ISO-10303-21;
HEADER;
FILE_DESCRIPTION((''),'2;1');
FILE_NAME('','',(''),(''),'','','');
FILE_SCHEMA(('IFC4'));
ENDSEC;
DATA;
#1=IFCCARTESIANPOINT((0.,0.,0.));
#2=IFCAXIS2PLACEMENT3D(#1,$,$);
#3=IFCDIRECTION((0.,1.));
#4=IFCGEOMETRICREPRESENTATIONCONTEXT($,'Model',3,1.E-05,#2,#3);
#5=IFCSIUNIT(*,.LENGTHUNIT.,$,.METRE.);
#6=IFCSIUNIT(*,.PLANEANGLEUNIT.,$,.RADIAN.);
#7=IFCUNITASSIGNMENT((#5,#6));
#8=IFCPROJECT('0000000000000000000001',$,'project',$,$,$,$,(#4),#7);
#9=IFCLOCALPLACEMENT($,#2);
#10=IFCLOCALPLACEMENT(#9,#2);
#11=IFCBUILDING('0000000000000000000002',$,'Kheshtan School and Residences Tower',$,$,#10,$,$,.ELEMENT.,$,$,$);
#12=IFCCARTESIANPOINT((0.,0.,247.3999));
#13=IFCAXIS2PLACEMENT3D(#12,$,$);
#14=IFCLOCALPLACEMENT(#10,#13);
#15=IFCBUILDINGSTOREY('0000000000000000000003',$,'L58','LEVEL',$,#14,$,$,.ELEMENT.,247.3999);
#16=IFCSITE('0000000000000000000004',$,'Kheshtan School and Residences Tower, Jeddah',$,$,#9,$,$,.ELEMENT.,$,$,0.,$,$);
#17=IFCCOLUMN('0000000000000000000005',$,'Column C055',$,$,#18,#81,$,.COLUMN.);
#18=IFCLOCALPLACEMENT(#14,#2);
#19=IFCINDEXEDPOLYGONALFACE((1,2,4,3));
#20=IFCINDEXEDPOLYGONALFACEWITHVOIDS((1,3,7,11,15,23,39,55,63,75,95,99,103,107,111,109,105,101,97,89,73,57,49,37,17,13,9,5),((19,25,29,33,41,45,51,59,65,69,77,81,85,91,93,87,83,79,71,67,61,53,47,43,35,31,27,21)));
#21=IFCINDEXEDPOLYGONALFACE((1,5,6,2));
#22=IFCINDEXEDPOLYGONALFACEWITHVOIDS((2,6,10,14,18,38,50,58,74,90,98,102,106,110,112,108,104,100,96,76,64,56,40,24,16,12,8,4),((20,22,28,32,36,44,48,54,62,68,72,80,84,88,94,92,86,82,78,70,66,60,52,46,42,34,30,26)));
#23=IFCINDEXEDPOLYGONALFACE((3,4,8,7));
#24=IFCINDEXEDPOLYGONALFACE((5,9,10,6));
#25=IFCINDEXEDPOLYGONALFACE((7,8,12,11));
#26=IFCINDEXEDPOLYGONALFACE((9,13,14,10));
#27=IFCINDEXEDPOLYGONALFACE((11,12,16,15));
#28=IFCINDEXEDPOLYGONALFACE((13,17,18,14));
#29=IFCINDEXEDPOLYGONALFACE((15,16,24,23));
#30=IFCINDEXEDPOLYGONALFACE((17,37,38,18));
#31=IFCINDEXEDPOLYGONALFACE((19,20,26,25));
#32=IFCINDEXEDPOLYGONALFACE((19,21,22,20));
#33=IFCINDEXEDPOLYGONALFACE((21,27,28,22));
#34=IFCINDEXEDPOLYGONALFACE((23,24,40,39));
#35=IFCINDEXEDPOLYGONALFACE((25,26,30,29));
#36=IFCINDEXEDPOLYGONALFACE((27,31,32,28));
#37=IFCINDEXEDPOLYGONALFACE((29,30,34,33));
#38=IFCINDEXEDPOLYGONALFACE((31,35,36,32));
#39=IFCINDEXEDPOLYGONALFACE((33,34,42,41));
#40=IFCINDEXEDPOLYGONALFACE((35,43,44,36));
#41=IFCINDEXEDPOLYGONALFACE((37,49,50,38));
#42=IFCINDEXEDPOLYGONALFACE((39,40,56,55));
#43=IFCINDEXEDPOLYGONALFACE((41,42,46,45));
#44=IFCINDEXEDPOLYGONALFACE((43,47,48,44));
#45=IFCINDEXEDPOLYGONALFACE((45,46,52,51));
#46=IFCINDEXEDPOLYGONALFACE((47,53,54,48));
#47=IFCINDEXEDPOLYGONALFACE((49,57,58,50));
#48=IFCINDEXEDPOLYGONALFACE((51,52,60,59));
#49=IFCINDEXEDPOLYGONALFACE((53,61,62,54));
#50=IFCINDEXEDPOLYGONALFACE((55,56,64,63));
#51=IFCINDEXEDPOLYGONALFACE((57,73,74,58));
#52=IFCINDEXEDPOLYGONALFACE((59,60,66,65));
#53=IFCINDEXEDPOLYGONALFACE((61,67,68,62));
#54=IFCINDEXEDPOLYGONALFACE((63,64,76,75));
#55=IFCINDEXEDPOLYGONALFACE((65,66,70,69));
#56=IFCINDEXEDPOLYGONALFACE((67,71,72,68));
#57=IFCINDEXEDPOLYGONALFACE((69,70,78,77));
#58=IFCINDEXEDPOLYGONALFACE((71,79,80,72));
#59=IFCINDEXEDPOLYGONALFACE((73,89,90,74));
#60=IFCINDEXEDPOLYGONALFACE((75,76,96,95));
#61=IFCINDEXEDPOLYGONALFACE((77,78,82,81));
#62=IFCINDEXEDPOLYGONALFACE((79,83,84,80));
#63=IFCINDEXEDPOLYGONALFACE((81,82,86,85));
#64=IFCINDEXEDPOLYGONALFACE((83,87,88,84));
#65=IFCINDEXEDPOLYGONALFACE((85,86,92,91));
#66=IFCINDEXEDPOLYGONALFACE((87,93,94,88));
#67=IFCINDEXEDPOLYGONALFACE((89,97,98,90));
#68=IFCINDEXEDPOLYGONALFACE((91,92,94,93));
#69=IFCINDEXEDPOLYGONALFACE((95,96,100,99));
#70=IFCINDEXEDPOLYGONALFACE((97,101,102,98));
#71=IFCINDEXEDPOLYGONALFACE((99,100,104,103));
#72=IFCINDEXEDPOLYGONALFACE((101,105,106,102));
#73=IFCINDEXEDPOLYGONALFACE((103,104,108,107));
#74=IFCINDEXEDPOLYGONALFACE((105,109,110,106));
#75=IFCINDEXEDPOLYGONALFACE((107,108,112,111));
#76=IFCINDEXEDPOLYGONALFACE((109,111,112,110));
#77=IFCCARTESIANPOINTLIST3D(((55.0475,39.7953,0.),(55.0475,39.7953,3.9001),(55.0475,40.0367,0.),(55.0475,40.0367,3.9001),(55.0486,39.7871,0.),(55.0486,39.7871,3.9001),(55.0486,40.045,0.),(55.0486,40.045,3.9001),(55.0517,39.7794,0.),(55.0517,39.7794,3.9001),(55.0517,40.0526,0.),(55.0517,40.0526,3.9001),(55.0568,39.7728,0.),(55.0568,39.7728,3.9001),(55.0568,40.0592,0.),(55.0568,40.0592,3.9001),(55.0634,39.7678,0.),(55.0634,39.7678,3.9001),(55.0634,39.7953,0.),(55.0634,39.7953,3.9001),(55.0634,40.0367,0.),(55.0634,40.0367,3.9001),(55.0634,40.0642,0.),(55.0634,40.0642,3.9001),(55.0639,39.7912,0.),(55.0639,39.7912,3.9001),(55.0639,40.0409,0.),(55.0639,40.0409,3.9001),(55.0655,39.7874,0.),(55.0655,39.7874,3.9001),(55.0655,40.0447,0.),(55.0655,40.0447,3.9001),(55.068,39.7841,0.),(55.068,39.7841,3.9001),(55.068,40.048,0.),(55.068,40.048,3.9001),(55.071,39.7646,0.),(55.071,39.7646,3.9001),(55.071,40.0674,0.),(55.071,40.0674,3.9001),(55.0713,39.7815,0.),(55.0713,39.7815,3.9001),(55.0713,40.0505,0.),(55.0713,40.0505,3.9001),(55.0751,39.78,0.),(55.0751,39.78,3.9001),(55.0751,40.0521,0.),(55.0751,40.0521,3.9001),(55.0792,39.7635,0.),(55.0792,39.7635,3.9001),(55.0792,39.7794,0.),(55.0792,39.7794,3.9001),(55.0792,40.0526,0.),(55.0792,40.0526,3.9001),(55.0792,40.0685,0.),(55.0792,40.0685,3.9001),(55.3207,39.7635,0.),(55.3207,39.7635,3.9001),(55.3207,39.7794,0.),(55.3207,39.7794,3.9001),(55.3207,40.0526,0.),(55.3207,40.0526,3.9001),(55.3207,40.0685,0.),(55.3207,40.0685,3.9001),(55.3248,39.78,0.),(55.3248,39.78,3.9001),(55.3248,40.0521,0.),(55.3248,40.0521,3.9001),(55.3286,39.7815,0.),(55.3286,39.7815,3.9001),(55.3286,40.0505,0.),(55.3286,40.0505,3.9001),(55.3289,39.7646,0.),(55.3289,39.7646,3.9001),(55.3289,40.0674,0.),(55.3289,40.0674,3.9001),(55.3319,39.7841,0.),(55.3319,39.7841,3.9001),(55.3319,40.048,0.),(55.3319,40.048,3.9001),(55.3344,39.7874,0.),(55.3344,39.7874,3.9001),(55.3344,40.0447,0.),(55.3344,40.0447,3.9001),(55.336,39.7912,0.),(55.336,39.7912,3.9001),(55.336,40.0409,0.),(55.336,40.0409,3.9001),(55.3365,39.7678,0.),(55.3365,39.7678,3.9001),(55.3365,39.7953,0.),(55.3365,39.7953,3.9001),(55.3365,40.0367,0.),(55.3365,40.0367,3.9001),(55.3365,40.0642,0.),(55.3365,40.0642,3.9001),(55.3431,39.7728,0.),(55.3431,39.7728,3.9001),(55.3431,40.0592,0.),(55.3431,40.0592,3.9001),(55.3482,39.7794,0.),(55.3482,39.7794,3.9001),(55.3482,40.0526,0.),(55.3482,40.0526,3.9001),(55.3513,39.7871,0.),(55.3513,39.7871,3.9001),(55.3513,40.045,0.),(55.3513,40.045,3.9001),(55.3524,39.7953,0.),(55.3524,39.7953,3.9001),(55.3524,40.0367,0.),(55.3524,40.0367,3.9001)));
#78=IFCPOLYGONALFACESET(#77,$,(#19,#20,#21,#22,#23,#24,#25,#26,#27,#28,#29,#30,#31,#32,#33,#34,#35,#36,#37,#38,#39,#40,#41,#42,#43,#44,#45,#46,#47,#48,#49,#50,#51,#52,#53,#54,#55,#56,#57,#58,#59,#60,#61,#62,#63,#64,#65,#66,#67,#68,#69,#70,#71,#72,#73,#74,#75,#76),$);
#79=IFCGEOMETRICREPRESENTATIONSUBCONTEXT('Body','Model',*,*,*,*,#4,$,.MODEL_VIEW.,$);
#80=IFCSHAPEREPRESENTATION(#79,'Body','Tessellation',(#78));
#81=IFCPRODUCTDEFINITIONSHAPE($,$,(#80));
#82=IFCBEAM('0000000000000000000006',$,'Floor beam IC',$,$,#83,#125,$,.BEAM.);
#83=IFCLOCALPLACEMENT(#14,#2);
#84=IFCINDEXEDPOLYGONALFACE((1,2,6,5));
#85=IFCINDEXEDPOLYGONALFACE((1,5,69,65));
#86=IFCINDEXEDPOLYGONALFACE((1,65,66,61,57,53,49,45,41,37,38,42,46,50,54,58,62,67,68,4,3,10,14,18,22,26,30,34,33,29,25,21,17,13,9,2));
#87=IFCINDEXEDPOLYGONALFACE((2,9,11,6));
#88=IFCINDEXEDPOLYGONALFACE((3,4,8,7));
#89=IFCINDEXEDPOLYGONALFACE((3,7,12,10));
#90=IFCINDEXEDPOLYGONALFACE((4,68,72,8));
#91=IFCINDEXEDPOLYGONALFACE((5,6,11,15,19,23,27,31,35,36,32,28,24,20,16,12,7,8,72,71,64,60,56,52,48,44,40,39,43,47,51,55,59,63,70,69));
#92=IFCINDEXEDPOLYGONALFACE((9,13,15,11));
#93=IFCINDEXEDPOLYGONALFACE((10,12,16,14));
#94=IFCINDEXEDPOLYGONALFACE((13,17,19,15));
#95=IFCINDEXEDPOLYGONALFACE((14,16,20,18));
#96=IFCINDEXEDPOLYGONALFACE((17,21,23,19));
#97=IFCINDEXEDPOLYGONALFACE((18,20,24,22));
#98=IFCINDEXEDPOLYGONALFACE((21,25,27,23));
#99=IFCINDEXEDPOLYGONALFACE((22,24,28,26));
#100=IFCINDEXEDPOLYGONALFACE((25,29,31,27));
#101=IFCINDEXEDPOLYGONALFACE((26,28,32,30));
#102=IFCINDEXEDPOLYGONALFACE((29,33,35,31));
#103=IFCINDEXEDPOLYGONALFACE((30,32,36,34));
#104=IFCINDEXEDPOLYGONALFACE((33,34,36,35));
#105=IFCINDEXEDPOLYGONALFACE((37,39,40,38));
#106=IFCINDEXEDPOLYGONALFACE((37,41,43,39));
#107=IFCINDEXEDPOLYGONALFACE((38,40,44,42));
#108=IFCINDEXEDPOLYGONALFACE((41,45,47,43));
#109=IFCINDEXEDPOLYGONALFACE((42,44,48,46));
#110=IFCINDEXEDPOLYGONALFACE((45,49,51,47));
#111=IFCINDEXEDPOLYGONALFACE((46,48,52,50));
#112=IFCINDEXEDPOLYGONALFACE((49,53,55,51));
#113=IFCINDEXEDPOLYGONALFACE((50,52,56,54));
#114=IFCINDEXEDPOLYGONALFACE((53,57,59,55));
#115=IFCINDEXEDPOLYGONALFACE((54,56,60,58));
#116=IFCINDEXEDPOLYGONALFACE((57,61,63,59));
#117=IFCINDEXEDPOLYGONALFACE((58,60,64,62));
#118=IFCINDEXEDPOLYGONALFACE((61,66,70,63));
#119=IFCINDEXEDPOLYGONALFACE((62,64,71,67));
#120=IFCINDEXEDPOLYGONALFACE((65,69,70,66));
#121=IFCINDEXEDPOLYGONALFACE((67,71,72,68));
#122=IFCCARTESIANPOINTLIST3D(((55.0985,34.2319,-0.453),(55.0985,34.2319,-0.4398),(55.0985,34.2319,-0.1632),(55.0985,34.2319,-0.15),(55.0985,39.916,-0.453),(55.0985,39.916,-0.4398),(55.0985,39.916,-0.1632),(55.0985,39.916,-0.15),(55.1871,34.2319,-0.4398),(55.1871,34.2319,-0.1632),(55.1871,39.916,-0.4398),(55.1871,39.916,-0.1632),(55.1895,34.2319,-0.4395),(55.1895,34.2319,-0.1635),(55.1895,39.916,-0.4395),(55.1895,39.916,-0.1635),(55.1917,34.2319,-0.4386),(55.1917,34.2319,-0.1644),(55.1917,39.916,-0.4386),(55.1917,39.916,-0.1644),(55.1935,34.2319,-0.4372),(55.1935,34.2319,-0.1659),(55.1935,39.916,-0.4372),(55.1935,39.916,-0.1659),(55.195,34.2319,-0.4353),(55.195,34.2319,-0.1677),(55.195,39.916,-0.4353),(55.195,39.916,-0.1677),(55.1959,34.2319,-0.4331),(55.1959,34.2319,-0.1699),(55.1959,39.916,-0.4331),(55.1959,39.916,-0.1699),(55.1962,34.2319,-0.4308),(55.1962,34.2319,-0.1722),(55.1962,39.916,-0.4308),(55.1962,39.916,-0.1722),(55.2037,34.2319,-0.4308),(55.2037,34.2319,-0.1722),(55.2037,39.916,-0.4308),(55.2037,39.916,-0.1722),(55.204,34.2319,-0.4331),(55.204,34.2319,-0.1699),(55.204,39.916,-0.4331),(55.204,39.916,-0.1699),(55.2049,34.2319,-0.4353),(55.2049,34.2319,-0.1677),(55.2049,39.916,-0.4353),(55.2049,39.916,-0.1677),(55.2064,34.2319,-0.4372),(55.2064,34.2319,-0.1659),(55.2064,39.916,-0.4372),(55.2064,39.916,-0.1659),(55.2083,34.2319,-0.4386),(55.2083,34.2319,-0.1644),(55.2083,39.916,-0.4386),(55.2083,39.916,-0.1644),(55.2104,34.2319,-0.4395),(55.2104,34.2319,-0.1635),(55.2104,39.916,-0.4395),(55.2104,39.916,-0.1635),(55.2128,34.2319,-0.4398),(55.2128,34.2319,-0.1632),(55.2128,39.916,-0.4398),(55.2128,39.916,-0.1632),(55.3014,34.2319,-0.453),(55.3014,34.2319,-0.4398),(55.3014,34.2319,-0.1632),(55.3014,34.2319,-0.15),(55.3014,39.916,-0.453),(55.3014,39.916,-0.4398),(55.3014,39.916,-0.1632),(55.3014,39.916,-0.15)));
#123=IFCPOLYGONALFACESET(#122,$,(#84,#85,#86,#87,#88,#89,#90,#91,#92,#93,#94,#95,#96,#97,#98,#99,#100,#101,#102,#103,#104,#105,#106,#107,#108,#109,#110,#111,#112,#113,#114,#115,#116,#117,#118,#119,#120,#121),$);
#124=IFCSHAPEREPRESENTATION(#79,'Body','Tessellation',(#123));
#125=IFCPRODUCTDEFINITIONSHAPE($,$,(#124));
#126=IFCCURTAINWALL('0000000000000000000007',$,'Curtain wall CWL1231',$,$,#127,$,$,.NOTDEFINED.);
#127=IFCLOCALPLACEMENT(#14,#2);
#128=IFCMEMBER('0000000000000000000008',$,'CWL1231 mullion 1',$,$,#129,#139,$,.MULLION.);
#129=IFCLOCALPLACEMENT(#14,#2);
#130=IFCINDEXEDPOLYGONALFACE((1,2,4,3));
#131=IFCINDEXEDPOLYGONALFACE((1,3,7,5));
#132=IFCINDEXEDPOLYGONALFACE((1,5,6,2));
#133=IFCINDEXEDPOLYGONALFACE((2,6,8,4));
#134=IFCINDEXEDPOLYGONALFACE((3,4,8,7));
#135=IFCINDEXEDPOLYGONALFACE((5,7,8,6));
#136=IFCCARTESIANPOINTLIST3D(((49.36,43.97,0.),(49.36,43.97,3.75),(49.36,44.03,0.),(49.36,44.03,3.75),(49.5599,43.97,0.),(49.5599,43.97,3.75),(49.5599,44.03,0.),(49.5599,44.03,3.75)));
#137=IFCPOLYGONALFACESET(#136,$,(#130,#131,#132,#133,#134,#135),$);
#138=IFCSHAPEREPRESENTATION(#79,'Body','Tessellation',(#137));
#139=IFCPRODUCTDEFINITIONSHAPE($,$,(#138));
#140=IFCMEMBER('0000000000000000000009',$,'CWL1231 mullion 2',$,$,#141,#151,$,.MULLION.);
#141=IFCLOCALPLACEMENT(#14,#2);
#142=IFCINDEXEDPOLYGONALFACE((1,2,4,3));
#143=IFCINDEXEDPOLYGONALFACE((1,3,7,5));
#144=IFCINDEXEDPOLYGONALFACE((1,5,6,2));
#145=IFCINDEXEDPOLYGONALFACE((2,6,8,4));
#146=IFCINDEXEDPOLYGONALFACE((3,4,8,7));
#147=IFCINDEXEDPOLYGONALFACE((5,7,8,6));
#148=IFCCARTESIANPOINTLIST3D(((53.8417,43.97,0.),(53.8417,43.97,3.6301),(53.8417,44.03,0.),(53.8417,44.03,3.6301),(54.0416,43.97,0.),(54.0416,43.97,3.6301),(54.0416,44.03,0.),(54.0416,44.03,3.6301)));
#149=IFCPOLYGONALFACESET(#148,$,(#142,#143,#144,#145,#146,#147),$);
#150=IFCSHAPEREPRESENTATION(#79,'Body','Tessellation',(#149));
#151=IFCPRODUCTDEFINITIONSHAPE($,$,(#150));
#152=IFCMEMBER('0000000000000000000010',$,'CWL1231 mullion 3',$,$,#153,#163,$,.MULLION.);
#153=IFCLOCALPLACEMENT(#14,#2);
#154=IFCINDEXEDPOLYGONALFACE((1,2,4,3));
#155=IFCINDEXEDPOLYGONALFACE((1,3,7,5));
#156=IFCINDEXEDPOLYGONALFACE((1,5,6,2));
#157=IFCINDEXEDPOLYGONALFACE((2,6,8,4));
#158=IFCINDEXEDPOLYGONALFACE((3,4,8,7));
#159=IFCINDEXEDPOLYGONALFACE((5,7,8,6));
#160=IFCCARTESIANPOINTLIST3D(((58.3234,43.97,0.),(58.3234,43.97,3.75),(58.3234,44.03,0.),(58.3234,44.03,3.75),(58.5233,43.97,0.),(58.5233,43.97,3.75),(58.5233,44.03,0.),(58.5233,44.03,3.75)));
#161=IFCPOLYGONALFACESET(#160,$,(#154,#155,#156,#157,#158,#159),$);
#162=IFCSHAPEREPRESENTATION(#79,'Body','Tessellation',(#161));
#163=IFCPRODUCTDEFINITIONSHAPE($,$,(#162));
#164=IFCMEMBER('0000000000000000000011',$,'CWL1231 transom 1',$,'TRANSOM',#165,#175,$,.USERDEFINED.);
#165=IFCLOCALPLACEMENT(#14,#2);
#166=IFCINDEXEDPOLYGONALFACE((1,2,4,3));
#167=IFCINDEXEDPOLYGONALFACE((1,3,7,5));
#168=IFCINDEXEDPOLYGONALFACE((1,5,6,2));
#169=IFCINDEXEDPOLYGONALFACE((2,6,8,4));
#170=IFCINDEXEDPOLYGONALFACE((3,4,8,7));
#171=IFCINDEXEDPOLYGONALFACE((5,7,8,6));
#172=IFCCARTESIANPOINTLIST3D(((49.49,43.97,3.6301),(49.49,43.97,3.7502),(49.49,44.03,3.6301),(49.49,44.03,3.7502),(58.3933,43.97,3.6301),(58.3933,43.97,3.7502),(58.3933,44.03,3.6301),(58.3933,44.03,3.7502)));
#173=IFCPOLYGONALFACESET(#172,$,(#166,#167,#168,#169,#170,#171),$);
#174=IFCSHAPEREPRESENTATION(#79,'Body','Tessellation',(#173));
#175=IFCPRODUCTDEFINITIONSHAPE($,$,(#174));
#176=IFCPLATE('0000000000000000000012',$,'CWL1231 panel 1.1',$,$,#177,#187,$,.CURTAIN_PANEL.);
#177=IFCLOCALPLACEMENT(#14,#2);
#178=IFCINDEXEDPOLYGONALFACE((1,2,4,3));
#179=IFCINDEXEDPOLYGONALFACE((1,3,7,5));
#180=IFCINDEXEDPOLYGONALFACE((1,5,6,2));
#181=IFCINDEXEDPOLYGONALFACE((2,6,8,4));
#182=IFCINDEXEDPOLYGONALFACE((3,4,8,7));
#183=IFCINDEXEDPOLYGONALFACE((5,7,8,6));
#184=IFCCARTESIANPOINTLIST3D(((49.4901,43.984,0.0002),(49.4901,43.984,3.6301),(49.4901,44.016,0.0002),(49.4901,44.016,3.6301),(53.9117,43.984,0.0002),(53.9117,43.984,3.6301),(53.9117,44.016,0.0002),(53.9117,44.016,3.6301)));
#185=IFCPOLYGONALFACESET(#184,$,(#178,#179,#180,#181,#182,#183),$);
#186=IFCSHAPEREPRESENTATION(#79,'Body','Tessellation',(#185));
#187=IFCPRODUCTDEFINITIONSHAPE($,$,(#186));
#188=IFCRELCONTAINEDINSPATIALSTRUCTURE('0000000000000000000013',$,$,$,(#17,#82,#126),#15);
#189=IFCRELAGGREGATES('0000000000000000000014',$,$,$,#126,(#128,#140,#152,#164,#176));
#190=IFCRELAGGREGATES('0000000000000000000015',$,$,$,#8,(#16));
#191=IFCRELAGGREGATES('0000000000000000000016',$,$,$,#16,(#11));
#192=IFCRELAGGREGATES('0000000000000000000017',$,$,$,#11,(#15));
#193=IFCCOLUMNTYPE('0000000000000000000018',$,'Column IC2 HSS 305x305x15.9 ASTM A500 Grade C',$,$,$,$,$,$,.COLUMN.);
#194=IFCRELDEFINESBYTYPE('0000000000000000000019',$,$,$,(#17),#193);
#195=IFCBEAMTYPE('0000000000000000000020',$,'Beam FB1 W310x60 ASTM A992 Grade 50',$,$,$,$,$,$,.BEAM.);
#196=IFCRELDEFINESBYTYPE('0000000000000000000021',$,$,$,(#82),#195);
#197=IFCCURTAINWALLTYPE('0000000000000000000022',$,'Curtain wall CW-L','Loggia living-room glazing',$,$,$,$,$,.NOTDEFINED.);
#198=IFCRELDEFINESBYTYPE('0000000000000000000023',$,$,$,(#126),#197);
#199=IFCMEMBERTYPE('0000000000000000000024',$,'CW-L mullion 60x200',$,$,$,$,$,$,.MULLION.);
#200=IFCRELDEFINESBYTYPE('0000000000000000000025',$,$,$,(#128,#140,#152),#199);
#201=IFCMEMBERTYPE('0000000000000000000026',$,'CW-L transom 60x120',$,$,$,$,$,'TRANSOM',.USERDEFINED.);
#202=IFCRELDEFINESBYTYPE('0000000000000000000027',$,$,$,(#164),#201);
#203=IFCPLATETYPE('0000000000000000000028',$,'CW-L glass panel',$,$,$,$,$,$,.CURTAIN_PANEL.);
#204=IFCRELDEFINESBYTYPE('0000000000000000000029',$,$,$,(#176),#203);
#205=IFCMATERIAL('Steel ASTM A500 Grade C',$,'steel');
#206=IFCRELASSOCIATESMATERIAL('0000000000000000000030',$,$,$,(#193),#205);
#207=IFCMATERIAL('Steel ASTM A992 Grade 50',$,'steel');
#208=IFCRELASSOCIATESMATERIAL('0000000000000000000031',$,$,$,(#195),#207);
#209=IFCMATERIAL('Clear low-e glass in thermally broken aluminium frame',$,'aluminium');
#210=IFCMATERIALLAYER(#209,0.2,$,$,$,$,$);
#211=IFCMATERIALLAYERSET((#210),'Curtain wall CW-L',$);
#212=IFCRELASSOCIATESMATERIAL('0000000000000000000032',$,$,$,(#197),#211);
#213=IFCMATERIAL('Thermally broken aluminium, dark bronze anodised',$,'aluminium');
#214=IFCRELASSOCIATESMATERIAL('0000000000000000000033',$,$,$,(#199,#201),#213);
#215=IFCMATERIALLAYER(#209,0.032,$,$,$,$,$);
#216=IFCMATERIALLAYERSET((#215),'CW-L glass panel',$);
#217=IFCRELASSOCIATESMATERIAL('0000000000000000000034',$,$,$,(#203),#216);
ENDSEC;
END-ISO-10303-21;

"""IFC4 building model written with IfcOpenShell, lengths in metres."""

from ifc_helpers import new_model, si_unit, direction, frame, origin, origin_2d, place, context, subcontext, project, spatial, rectangle, hollow_rectangle, i_section, extrude, material, layer, layer_set, material_profile, profile_set, type_object, element, aggregate, save


model = new_model("IFC4")

# Units and contexts
model_context = context("Model", 3, precision=1e-05, world=origin(), true_north=direction((0.0, 1.0)))
body_context = subcontext(model_context, "Body", "Model", "MODEL_VIEW")
ifc_project = project(units=[si_unit("LENGTHUNIT", "METRE"), si_unit("PLANEANGLEUNIT", "RADIAN")], contexts=[model_context])

# Site, building, storey
site_placement = place(None, origin())
site = spatial("IfcSite", under=ifc_project, at=site_placement, Name="Kheshtan School and Residences Tower, Jeddah", CompositionType="ELEMENT", RefElevation=0.0)
building_placement = place(site_placement, origin())
building = spatial("IfcBuilding", under=site, at=building_placement, Name="Kheshtan School and Residences Tower", CompositionType="ELEMENT")
storey_placement = place(building_placement, frame((0.0, 0.0, 247.3999)))
storey = spatial("IfcBuildingStorey", under=building, at=storey_placement, Name="L58", Description="LEVEL", CompositionType="ELEMENT", Elevation=247.3999)

# Column
ifc_material_1 = material(Name="Steel ASTM A500 Grade C", Category="steel")
ifc_material_profile_1 = material_profile(ifc_material_1, hollow_rectangle(XDim=0.3049, YDim=0.3049, WallThickness=0.0159, InnerFilletRadius=0.0159, OuterFilletRadius=0.0317, at=origin_2d()), Name="HSS 305x305x15.9")
ifc_profile_set_1 = profile_set([ifc_material_profile_1], Name="Steel ASTM A500 Grade C")
column_type = type_object("IfcColumnType", Name="Column IC2 HSS 305x305x15.9 ASTM A500 Grade C", PredefinedType="COLUMN", material=ifc_profile_set_1)
column_placement = place(storey_placement, frame((55.2, 39.916, 0.0), z_axis=(0.0, 0.0, 1.0), x_axis=(1.0, 0.0, 0.0)))
element("IfcColumn", 1, at=column_placement, inside=storey, type_object=column_type, Name="Column C055", PredefinedType="COLUMN", context=body_context, shape_type="SweptSolid", body=[
    extrude(hollow_rectangle(XDim=0.3049, YDim=0.3049, WallThickness=0.0159, InnerFilletRadius=0.0159, OuterFilletRadius=0.0317, at=origin_2d()), origin(), (0.0, 0.0, 1.0), 3.9001),
])

# Beam
ifc_material_2 = material(Name="Steel ASTM A992 Grade 50", Category="steel")
ifc_material_profile_2 = material_profile(ifc_material_2, i_section(OverallWidth=0.2029, OverallDepth=0.303, WebThickness=0.0076, FlangeThickness=0.0132, FilletRadius=0.009, at=origin_2d()), Name="W310x60")
ifc_profile_set_2 = profile_set([ifc_material_profile_2], Name="Steel ASTM A992 Grade 50")
beam_type = type_object("IfcBeamType", Name="Beam FB1 W310x60 ASTM A992 Grade 50", PredefinedType="BEAM", material=ifc_profile_set_2)
beam_placement = place(storey_placement, frame((55.2, 34.2319, -0.3015), z_axis=(0.0, 1.0, 0.0), x_axis=(-1.0, 0.0, 0.0)))
element("IfcBeam", 2, at=beam_placement, inside=storey, type_object=beam_type, Name="Floor beam IC", PredefinedType="BEAM", context=body_context, shape_type="SweptSolid", body=[
    extrude(i_section(OverallWidth=0.2029, OverallDepth=0.303, WebThickness=0.0076, FlangeThickness=0.0132, FilletRadius=0.009, at=origin_2d()), origin(), (0.0, 0.0, 1.0), 5.6841),
])

# Curtain wall, members, plate
ifc_material_3 = material(Name="Clear low-e glass in thermally broken aluminium frame", Category="aluminium")
ifc_layer_1 = layer(ifc_material_3, 0.2)
ifc_layer_set_1 = layer_set([ifc_layer_1], Name="Curtain wall CW-L")
curtain_wall_type = type_object("IfcCurtainWallType", Name="Curtain wall CW-L", Description="Loggia living-room glazing", PredefinedType="NOTDEFINED", material=ifc_layer_set_1)
curtain_wall_placement = place(storey_placement, origin())
curtain_wall = element("IfcCurtainWall", 3, at=curtain_wall_placement, inside=storey, type_object=curtain_wall_type, Name="Curtain wall CWL1231", PredefinedType="NOTDEFINED")
ifc_material_4 = material(Name="Thermally broken aluminium, dark bronze anodised", Category="aluminium")
ifc_material_profile_3 = material_profile(ifc_material_4, rectangle(XDim=0.0601, YDim=0.2, at=origin_2d()), Name="CW-L mullion 60x200")
ifc_profile_set_3 = profile_set([ifc_material_profile_3], Name="Thermally broken aluminium, dark bronze anodised")
member_type_1 = type_object("IfcMemberType", Name="CW-L mullion 60x200", PredefinedType="MULLION", material=ifc_profile_set_3)
member_1_placement = place(storey_placement, frame((49.46, 44.0, 0.0), z_axis=(0.0, 0.0, 1.0), x_axis=(0.0, 1.0, 0.0)))
member_1 = element("IfcMember", 4, at=member_1_placement, type_object=member_type_1, Name="CWL1231 mullion 1", PredefinedType="MULLION", context=body_context, shape_type="SweptSolid", body=[
    extrude(rectangle(XDim=0.0601, YDim=0.2, at=origin_2d()), origin(), (0.0, 0.0, 1.0), 3.75),
])
member_2_placement = place(storey_placement, frame((53.9417, 44.0, 0.0), z_axis=(0.0, 0.0, 1.0), x_axis=(0.0, 1.0, 0.0)))
member_2 = element("IfcMember", 5, at=member_2_placement, type_object=member_type_1, Name="CWL1231 mullion 2", PredefinedType="MULLION", context=body_context, shape_type="SweptSolid", body=[
    extrude(rectangle(XDim=0.0601, YDim=0.2, at=origin_2d()), origin(), (0.0, 0.0, 1.0), 3.6301),
])
member_3_placement = place(storey_placement, frame((58.4233, 44.0, 0.0), z_axis=(0.0, 0.0, 1.0), x_axis=(0.0, 1.0, 0.0)))
member_3 = element("IfcMember", 6, at=member_3_placement, type_object=member_type_1, Name="CWL1231 mullion 3", PredefinedType="MULLION", context=body_context, shape_type="SweptSolid", body=[
    extrude(rectangle(XDim=0.0601, YDim=0.2, at=origin_2d()), origin(), (0.0, 0.0, 1.0), 3.75),
])
ifc_material_profile_4 = material_profile(ifc_material_4, rectangle(XDim=0.0601, YDim=0.1201, at=origin_2d()), Name="CW-L transom 60x120")
ifc_profile_set_4 = profile_set([ifc_material_profile_4], Name="Thermally broken aluminium, dark bronze anodised")
member_type_2 = type_object("IfcMemberType", Name="CW-L transom 60x120", ElementType="TRANSOM", PredefinedType="USERDEFINED", material=ifc_profile_set_4)
member_4_placement = place(storey_placement, frame((49.49, 44.0, 3.6902), z_axis=(1.0, 0.0, 0.0), x_axis=(0.0, 1.0, 0.0)))
member_4 = element("IfcMember", 7, at=member_4_placement, type_object=member_type_2, Name="CWL1231 transom 1", ObjectType="TRANSOM", PredefinedType="USERDEFINED", context=body_context, shape_type="SweptSolid", body=[
    extrude(rectangle(XDim=0.0601, YDim=0.1201, at=origin_2d()), origin(), (0.0, 0.0, 1.0), 8.9033),
])
ifc_layer_2 = layer(ifc_material_3, 0.032)
ifc_layer_set_2 = layer_set([ifc_layer_2], Name="CW-L glass panel")
plate_type = type_object("IfcPlateType", Name="CW-L glass panel", PredefinedType="CURTAIN_PANEL", material=ifc_layer_set_2)
plate_1_placement = place(storey_placement, frame((51.7009, 44.0, 0.0002), z_axis=(0.0, 0.0, 1.0), x_axis=(1.0, 0.0, 0.0)))
plate_1 = element("IfcPlate", 8, at=plate_1_placement, type_object=plate_type, Name="CWL1231 panel 1.1", PredefinedType="CURTAIN_PANEL", context=body_context, shape_type="SweptSolid", body=[
    extrude(rectangle(XDim=4.4216, YDim=0.032, at=origin_2d()), origin(), (0.0, 0.0, 1.0), 3.6299),
])
aggregate(curtain_wall, [member_1, member_2, member_3, member_4, plate_1])

save(model, "model.ifc")
